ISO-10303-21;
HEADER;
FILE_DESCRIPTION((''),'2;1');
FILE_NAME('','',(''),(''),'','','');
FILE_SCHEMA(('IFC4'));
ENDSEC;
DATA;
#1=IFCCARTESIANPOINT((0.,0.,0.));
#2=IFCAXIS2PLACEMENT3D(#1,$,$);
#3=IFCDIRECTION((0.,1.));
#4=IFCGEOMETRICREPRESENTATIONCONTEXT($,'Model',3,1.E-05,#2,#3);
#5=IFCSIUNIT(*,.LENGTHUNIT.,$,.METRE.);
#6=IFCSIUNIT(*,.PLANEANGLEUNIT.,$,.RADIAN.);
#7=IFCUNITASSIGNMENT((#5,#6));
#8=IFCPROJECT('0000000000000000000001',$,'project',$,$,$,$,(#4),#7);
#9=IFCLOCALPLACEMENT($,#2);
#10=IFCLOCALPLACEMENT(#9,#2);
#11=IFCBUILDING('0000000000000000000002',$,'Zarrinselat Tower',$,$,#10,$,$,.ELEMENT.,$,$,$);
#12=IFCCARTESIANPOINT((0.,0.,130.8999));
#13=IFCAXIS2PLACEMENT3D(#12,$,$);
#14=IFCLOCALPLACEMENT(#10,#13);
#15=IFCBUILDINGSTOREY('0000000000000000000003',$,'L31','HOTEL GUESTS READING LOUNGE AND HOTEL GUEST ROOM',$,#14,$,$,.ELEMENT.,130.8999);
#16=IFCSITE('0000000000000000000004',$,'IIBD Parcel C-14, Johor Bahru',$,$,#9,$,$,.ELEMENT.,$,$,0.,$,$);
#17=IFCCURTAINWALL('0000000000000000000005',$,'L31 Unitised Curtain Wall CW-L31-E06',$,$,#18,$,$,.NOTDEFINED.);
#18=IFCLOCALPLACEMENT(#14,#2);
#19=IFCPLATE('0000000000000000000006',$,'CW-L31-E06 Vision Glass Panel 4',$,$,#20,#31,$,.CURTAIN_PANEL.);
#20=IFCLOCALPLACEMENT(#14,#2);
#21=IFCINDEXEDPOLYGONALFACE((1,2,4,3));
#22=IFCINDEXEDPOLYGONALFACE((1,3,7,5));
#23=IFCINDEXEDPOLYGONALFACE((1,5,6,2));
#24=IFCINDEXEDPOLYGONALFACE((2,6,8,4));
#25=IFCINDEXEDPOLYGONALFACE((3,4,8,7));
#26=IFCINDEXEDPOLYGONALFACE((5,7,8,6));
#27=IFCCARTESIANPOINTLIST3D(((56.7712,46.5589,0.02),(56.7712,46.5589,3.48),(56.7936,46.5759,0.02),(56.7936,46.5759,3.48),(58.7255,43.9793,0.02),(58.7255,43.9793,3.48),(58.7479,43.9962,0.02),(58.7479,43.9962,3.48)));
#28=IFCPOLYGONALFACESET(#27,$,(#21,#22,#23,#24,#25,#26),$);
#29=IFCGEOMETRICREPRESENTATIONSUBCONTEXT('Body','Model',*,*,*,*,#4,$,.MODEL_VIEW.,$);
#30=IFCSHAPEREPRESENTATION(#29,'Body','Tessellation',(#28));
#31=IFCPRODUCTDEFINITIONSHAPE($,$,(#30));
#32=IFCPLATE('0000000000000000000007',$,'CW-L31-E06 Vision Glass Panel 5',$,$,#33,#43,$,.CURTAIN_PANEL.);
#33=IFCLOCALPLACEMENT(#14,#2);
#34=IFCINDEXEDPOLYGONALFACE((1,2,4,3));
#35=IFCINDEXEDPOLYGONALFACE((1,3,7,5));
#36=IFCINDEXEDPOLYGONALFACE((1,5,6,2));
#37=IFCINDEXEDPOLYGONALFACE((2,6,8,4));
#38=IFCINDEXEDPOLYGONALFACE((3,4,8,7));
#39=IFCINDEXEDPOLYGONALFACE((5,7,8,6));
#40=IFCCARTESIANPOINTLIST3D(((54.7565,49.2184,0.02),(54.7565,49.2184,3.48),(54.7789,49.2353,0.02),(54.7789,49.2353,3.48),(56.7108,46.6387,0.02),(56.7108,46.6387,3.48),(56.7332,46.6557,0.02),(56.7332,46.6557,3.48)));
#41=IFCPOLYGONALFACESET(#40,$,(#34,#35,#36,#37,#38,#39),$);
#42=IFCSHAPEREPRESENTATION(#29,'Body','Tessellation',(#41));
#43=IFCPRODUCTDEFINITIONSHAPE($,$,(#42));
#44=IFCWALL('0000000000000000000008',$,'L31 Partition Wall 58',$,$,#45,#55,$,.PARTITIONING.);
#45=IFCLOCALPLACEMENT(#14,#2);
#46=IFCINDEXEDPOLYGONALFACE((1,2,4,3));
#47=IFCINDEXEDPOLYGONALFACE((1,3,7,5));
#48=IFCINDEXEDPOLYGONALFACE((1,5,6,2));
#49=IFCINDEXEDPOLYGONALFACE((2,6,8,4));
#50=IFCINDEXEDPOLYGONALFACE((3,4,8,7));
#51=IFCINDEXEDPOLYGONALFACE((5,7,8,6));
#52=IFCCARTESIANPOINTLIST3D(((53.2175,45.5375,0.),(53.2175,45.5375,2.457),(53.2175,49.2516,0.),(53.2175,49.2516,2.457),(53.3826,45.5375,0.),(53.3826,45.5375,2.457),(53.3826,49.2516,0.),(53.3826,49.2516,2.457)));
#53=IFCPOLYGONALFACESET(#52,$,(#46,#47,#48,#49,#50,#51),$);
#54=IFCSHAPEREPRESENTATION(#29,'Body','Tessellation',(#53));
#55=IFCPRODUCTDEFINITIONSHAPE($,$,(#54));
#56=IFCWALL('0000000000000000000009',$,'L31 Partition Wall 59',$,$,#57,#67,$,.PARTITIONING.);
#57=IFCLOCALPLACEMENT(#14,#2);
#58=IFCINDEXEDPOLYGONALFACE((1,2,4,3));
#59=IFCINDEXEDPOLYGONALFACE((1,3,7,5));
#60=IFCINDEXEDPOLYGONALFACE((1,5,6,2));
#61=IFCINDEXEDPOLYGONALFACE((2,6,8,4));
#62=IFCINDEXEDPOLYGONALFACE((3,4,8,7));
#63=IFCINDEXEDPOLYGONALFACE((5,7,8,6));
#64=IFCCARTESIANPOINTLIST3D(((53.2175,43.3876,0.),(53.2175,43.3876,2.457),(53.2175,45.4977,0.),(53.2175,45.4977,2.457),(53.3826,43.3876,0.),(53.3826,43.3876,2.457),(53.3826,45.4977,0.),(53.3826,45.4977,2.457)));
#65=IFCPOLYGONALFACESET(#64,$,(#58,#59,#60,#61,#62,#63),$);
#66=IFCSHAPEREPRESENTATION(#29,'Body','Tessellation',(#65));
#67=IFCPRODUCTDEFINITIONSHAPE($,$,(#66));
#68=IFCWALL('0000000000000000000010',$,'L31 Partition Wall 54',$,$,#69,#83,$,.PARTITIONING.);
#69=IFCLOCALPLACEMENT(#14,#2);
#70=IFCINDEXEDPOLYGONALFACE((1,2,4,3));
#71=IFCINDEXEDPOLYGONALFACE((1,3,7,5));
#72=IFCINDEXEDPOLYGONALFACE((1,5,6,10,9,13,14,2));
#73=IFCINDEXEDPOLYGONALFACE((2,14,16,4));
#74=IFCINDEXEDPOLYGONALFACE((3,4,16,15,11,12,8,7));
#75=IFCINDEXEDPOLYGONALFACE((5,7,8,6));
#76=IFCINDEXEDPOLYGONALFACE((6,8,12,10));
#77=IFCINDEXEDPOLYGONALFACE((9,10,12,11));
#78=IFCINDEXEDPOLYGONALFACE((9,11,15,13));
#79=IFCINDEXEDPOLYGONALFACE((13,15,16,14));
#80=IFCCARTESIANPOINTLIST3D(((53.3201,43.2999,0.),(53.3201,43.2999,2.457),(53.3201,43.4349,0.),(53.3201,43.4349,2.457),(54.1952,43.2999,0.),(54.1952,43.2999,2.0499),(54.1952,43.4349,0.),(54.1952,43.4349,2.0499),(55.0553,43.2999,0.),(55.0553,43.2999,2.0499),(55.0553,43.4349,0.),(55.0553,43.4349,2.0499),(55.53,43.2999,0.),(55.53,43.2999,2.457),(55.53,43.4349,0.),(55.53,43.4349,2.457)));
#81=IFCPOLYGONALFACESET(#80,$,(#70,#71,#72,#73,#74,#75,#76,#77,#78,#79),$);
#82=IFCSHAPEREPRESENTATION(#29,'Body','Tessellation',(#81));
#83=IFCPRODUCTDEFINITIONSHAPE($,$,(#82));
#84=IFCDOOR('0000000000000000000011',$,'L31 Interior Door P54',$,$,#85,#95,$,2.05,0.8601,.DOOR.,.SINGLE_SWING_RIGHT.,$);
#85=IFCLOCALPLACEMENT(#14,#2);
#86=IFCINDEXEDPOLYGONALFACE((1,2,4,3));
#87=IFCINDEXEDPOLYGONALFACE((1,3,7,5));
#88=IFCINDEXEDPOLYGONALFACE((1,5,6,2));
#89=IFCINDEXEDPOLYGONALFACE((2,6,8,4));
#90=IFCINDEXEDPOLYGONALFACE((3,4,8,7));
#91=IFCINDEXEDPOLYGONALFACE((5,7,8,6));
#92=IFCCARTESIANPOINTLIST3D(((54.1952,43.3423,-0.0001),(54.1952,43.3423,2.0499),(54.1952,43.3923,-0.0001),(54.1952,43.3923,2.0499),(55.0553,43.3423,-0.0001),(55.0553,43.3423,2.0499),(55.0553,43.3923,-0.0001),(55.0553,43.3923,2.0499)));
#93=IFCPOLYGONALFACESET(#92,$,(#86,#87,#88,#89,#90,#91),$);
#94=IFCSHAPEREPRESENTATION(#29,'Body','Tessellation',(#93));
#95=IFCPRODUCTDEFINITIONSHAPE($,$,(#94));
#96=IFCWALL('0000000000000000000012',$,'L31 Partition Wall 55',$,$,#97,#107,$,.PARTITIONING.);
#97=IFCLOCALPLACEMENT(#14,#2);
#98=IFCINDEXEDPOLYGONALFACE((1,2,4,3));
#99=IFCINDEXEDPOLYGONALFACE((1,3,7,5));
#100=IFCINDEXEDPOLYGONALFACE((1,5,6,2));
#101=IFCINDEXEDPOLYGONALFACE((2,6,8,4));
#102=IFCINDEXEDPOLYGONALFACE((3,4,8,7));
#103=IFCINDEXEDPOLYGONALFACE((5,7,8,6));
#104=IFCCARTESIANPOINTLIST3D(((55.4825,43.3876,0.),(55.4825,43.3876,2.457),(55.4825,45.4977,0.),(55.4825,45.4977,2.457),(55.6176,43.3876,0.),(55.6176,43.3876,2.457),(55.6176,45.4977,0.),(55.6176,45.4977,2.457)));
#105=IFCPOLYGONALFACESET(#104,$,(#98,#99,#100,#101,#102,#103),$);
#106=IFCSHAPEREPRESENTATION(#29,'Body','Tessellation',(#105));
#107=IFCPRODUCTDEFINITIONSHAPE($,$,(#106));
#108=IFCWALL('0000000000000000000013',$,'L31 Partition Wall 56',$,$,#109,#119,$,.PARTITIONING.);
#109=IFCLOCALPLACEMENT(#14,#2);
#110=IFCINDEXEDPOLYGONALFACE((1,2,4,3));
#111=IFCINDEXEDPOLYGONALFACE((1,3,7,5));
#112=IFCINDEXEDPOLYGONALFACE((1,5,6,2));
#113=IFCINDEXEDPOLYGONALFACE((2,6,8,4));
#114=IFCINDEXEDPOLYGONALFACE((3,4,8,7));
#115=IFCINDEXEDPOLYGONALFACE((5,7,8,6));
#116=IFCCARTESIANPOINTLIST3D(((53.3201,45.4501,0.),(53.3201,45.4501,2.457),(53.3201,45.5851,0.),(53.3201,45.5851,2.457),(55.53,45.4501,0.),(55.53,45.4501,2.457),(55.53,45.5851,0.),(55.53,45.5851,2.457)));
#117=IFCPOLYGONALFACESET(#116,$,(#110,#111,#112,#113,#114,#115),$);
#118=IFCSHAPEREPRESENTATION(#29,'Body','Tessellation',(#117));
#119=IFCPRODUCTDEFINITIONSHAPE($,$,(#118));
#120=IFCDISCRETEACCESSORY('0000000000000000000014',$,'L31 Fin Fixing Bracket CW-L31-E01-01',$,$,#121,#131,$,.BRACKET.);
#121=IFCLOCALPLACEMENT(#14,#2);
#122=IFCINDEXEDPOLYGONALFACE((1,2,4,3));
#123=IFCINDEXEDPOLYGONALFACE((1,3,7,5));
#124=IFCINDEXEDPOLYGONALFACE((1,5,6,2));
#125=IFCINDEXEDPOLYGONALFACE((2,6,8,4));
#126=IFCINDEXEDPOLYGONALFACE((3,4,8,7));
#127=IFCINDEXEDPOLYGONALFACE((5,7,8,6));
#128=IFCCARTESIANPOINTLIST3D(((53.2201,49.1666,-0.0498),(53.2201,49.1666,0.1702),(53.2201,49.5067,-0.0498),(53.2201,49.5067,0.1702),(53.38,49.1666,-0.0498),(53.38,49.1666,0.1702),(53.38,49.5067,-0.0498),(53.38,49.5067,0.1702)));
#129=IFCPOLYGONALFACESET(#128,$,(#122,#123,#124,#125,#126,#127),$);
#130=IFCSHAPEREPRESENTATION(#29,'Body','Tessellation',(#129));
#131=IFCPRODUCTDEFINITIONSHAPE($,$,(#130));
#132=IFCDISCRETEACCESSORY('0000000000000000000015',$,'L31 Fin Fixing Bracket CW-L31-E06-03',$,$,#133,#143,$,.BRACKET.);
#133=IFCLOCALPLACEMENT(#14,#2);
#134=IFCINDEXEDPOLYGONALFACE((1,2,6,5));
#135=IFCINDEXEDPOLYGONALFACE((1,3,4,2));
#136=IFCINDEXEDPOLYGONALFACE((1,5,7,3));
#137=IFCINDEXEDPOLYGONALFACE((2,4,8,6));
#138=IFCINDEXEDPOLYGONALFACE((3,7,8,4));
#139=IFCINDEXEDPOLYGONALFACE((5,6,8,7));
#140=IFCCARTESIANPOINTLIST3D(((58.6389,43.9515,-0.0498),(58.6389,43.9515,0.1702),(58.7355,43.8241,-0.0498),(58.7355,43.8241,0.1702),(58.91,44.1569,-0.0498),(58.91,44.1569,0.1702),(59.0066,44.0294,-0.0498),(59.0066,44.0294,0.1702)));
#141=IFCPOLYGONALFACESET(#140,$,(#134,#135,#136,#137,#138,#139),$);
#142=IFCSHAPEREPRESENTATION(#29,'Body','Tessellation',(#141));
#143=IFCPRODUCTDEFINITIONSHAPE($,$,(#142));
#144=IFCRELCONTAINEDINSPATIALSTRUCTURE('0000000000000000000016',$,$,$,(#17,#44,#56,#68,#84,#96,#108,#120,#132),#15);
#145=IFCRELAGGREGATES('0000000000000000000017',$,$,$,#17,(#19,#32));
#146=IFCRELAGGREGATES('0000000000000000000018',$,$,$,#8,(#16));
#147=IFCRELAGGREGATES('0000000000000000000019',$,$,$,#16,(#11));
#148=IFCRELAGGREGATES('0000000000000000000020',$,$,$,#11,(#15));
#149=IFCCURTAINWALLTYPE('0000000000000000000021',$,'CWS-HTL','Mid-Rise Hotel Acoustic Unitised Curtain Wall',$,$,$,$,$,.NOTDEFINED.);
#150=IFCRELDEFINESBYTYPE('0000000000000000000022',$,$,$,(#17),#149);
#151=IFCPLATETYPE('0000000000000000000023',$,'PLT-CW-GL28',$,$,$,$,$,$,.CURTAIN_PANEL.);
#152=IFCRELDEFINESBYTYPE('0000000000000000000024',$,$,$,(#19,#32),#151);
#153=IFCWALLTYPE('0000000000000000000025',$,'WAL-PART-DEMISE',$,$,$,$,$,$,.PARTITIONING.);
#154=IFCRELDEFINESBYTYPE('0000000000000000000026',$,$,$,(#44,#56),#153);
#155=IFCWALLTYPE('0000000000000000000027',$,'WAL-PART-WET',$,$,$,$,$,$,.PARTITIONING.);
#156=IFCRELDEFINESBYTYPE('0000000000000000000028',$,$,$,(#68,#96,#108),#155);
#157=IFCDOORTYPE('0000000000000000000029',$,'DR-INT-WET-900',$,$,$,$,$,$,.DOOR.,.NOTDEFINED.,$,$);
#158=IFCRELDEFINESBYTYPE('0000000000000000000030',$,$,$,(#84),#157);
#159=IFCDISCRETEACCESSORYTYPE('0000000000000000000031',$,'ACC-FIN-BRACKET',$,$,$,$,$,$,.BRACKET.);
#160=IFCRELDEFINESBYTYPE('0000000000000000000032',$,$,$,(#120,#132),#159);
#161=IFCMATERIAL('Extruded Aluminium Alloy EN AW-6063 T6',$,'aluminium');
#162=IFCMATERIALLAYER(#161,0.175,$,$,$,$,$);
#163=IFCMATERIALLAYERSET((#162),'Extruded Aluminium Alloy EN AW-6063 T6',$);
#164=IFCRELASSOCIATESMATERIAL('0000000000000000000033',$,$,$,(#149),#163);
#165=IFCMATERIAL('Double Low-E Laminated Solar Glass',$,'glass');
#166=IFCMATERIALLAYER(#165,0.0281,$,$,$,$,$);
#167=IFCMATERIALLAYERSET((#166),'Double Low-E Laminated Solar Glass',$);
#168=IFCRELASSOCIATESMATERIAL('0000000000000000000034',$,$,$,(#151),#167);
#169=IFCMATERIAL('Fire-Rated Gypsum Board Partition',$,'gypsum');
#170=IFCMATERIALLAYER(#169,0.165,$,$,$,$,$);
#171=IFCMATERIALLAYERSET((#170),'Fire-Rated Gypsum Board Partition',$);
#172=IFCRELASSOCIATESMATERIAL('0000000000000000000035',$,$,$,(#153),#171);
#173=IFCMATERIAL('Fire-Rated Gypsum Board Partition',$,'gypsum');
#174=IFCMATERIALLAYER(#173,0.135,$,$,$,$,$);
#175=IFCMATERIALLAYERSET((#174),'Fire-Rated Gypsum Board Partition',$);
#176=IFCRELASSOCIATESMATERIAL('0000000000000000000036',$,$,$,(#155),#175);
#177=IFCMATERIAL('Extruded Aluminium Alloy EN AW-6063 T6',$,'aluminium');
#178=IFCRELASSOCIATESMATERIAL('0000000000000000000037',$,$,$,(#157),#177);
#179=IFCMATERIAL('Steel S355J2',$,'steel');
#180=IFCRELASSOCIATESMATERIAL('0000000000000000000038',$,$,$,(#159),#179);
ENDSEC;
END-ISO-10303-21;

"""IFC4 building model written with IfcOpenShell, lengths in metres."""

from ifc_helpers import new_model, si_unit, direction, frame, frame_2d, origin, origin_2d, place, context, subcontext, project, spatial, rectangle, extrude, material, layer, layer_set, type_object, element, fill, aggregate, save


model = new_model("IFC4")

# Units and contexts
model_context = context("Model", 3, precision=1e-05, world=origin(), true_north=direction((0.0, 1.0)))
body_context = subcontext(model_context, "Body", "Model", "MODEL_VIEW")
ifc_project = project(units=[si_unit("LENGTHUNIT", "METRE"), si_unit("PLANEANGLEUNIT", "RADIAN")], contexts=[model_context])

# Site, building, storey
site_placement = place(None, origin())
site = spatial("IfcSite", under=ifc_project, at=site_placement, Name="IIBD Parcel C-14, Johor Bahru", CompositionType="ELEMENT", RefElevation=0.0)
building_placement = place(site_placement, origin())
building = spatial("IfcBuilding", under=site, at=building_placement, Name="Zarrinselat Tower", CompositionType="ELEMENT")
storey_placement = place(building_placement, frame((0.0, 0.0, 130.8999)))
storey = spatial("IfcBuildingStorey", under=building, at=storey_placement, Name="L31", Description="HOTEL GUESTS READING LOUNGE AND HOTEL GUEST ROOM", CompositionType="ELEMENT", Elevation=130.8999)

# Curtain wall
ifc_material_1 = material(Name="Extruded Aluminium Alloy EN AW-6063 T6", Category="aluminium")
ifc_layer_1 = layer(ifc_material_1, 0.175)
ifc_layer_set_1 = layer_set([ifc_layer_1], Name="Extruded Aluminium Alloy EN AW-6063 T6")
curtain_wall_type = type_object("IfcCurtainWallType", Name="CWS-HTL", Description="Mid-Rise Hotel Acoustic Unitised Curtain Wall", PredefinedType="NOTDEFINED", material=ifc_layer_set_1)
curtain_wall_1_placement = place(storey_placement, origin())
curtain_wall_1 = element("IfcCurtainWall", 1, at=curtain_wall_1_placement, inside=storey, type_object=curtain_wall_type, Name="L31 Unitised Curtain Wall CW-L31-E06", PredefinedType="NOTDEFINED")

# Plates
ifc_material_2 = material(Name="Double Low-E Laminated Solar Glass", Category="glass")
ifc_layer_2 = layer(ifc_material_2, 0.0281)
ifc_layer_set_2 = layer_set([ifc_layer_2], Name="Double Low-E Laminated Solar Glass")
plate_type = type_object("IfcPlateType", Name="PLT-CW-GL28", PredefinedType="CURTAIN_PANEL", material=ifc_layer_set_2)
plate_1_placement = place(storey_placement, frame((57.7595, 45.2776, 0.02), z_axis=(0.0, 0.0, 1.0), x_axis=(-0.603858, 0.797092, 0.0)))
plate_1 = element("IfcPlate", 2, at=plate_1_placement, type_object=plate_type, Name="CW-L31-E06 Vision Glass Panel 4", PredefinedType="CURTAIN_PANEL", context=body_context, shape_type="SweptSolid", body=[
    extrude(rectangle(XDim=3.2363, YDim=0.0281, at=origin_2d()), origin(), (0.0, 0.0, 1.0), 3.46),
])
plate_2_placement = place(storey_placement, frame((55.7449, 47.937, 0.02), z_axis=(0.0, 0.0, 1.0), x_axis=(-0.603858, 0.797092, 0.0)))
plate_2 = element("IfcPlate", 3, at=plate_2_placement, type_object=plate_type, Name="CW-L31-E06 Vision Glass Panel 5", PredefinedType="CURTAIN_PANEL", context=body_context, shape_type="SweptSolid", body=[
    extrude(rectangle(XDim=3.2363, YDim=0.0281, at=origin_2d()), origin(), (0.0, 0.0, 1.0), 3.46),
])
aggregate(curtain_wall_1, [plate_1, plate_2])

# Walls
ifc_material_3 = material(Name="Fire-Rated Gypsum Board Partition", Category="gypsum")
ifc_layer_3 = layer(ifc_material_3, 0.165)
ifc_layer_set_3 = layer_set([ifc_layer_3], Name="Fire-Rated Gypsum Board Partition")
wall_type_1 = type_object("IfcWallType", Name="WAL-PART-DEMISE", PredefinedType="PARTITIONING", material=ifc_layer_set_3)
wall_1_placement = place(storey_placement, frame((53.3, 45.5376, 0.0), z_axis=(0.0, 0.0, 1.0), x_axis=(0.0, 1.0, 0.0)))
element("IfcWall", 4, at=wall_1_placement, inside=storey, type_object=wall_type_1, Name="L31 Partition Wall 58", PredefinedType="PARTITIONING", context=body_context, shape_type="SweptSolid", body=[
    extrude(rectangle(XDim=3.7141, YDim=0.165, at=frame_2d((1.8569, 0.0))), origin(), (0.0, 0.0, 1.0), 2.457),
])
wall_2_placement = place(storey_placement, frame((53.3, 43.3875, 0.0), z_axis=(0.0, 0.0, 1.0), x_axis=(0.0, 1.0, 0.0)))
element("IfcWall", 5, at=wall_2_placement, inside=storey, type_object=wall_type_1, Name="L31 Partition Wall 59", PredefinedType="PARTITIONING", context=body_context, shape_type="SweptSolid", body=[
    extrude(rectangle(XDim=2.1101, YDim=0.165, at=frame_2d((1.0552, 0.0))), origin(), (0.0, 0.0, 1.0), 2.457),
])

# Wall, opening, door
ifc_material_4 = material(Name="Fire-Rated Gypsum Board Partition", Category="gypsum")
ifc_layer_4 = layer(ifc_material_4, 0.135)
ifc_layer_set_4 = layer_set([ifc_layer_4], Name="Fire-Rated Gypsum Board Partition")
wall_type_2 = type_object("IfcWallType", Name="WAL-PART-WET", PredefinedType="PARTITIONING", material=ifc_layer_set_4)
wall_3_placement = place(storey_placement, frame((53.3201, 43.3674, 0.0), z_axis=(0.0, 0.0, 1.0), x_axis=(1.0, 0.0, 0.0)))
wall_3 = element("IfcWall", 6, at=wall_3_placement, inside=storey, type_object=wall_type_2, Name="L31 Partition Wall 54", PredefinedType="PARTITIONING", context=body_context, shape_type="SweptSolid", body=[
    extrude(rectangle(XDim=2.21, YDim=0.135, at=frame_2d((1.105, 0.0))), origin(), (0.0, 0.0, 1.0), 2.457),
])
opening_placement = place(wall_3_placement, frame((0.875, 0.0, 0.0)))
opening = element("IfcOpeningElement", 7, at=opening_placement, cuts=wall_3, PredefinedType="OPENING", context=body_context, shape_type="SweptSolid", body=[
    extrude(rectangle(XDim=0.8601, YDim=2.05, at=frame_2d((0.4302, 1.0249))), frame((0.0, 0.0774, 0.0), z_axis=(0.0, -1.0, 0.0), x_axis=(1.0, 0.0, 0.0)), (0.0, 0.0, 1.0), 0.155),
])
ifc_material_5 = material(Name="Extruded Aluminium Alloy EN AW-6063 T6", Category="aluminium")
door_type = type_object("IfcDoorType", Name="DR-INT-WET-900", OperationType="NOTDEFINED", PredefinedType="DOOR", material=ifc_material_5)
door_placement = place(opening_placement, origin())
door = element("IfcDoor", 8, at=door_placement, inside=storey, type_object=door_type, Name="L31 Interior Door P54", OperationType="SINGLE_SWING_RIGHT", OverallHeight=2.05, OverallWidth=0.8601, PredefinedType="DOOR", context=body_context, shape_type="SweptSolid", body=[
    extrude(rectangle(XDim=0.8601, YDim=2.05, at=frame_2d((0.4302, 1.0249))), frame((0.0, 0.0249, 0.0), z_axis=(0.0, -1.0, 0.0), x_axis=(1.0, 0.0, 0.0)), (0.0, 0.0, 1.0), 0.05),
])
fill(opening, door)

# Walls
wall_4_placement = place(storey_placement, frame((55.55, 43.3875, 0.0), z_axis=(0.0, 0.0, 1.0), x_axis=(0.0, 1.0, 0.0)))
element("IfcWall", 9, at=wall_4_placement, inside=storey, type_object=wall_type_2, Name="L31 Partition Wall 55", PredefinedType="PARTITIONING", context=body_context, shape_type="SweptSolid", body=[
    extrude(rectangle(XDim=2.1101, YDim=0.135, at=frame_2d((1.0552, 0.0))), origin(), (0.0, 0.0, 1.0), 2.457),
])
wall_5_placement = place(storey_placement, frame((53.3201, 45.5176, 0.0), z_axis=(0.0, 0.0, 1.0), x_axis=(1.0, 0.0, 0.0)))
element("IfcWall", 10, at=wall_5_placement, inside=storey, type_object=wall_type_2, Name="L31 Partition Wall 56", PredefinedType="PARTITIONING", context=body_context, shape_type="SweptSolid", body=[
    extrude(rectangle(XDim=2.21, YDim=0.135, at=frame_2d((1.105, 0.0))), origin(), (0.0, 0.0, 1.0), 2.457),
])

# Discrete accessories
ifc_material_6 = material(Name="Steel S355J2", Category="steel")
discrete_accessory_type = type_object("IfcDiscreteAccessoryType", Name="ACC-FIN-BRACKET", PredefinedType="BRACKET", material=ifc_material_6)
for number, where, z_axis, x_axis, name in (
    (11, (53.3, 49.3367, -0.0498), (0.0, 0.0, 1.0), (0.0, 1.0, 0.0), "L31 Fin Fixing Bracket CW-L31-E01-01"),
    (12, (58.8228, 43.9905, -0.0498), (0.0, 0.0, 1.0), (0.797092, 0.603858, 0.0), "L31 Fin Fixing Bracket CW-L31-E06-03"),
):
    element("IfcDiscreteAccessory", number, at=place(storey_placement, frame(where, z_axis=z_axis, x_axis=x_axis)), inside=storey, type_object=discrete_accessory_type, Name=name, PredefinedType="BRACKET", context=body_context, shape_type="SweptSolid", body=[
        extrude(rectangle(XDim=0.3401, YDim=0.1599, at=origin_2d()), origin(), (0.0, 0.0, 1.0), 0.22),
    ])

save(model, "model.ifc")
